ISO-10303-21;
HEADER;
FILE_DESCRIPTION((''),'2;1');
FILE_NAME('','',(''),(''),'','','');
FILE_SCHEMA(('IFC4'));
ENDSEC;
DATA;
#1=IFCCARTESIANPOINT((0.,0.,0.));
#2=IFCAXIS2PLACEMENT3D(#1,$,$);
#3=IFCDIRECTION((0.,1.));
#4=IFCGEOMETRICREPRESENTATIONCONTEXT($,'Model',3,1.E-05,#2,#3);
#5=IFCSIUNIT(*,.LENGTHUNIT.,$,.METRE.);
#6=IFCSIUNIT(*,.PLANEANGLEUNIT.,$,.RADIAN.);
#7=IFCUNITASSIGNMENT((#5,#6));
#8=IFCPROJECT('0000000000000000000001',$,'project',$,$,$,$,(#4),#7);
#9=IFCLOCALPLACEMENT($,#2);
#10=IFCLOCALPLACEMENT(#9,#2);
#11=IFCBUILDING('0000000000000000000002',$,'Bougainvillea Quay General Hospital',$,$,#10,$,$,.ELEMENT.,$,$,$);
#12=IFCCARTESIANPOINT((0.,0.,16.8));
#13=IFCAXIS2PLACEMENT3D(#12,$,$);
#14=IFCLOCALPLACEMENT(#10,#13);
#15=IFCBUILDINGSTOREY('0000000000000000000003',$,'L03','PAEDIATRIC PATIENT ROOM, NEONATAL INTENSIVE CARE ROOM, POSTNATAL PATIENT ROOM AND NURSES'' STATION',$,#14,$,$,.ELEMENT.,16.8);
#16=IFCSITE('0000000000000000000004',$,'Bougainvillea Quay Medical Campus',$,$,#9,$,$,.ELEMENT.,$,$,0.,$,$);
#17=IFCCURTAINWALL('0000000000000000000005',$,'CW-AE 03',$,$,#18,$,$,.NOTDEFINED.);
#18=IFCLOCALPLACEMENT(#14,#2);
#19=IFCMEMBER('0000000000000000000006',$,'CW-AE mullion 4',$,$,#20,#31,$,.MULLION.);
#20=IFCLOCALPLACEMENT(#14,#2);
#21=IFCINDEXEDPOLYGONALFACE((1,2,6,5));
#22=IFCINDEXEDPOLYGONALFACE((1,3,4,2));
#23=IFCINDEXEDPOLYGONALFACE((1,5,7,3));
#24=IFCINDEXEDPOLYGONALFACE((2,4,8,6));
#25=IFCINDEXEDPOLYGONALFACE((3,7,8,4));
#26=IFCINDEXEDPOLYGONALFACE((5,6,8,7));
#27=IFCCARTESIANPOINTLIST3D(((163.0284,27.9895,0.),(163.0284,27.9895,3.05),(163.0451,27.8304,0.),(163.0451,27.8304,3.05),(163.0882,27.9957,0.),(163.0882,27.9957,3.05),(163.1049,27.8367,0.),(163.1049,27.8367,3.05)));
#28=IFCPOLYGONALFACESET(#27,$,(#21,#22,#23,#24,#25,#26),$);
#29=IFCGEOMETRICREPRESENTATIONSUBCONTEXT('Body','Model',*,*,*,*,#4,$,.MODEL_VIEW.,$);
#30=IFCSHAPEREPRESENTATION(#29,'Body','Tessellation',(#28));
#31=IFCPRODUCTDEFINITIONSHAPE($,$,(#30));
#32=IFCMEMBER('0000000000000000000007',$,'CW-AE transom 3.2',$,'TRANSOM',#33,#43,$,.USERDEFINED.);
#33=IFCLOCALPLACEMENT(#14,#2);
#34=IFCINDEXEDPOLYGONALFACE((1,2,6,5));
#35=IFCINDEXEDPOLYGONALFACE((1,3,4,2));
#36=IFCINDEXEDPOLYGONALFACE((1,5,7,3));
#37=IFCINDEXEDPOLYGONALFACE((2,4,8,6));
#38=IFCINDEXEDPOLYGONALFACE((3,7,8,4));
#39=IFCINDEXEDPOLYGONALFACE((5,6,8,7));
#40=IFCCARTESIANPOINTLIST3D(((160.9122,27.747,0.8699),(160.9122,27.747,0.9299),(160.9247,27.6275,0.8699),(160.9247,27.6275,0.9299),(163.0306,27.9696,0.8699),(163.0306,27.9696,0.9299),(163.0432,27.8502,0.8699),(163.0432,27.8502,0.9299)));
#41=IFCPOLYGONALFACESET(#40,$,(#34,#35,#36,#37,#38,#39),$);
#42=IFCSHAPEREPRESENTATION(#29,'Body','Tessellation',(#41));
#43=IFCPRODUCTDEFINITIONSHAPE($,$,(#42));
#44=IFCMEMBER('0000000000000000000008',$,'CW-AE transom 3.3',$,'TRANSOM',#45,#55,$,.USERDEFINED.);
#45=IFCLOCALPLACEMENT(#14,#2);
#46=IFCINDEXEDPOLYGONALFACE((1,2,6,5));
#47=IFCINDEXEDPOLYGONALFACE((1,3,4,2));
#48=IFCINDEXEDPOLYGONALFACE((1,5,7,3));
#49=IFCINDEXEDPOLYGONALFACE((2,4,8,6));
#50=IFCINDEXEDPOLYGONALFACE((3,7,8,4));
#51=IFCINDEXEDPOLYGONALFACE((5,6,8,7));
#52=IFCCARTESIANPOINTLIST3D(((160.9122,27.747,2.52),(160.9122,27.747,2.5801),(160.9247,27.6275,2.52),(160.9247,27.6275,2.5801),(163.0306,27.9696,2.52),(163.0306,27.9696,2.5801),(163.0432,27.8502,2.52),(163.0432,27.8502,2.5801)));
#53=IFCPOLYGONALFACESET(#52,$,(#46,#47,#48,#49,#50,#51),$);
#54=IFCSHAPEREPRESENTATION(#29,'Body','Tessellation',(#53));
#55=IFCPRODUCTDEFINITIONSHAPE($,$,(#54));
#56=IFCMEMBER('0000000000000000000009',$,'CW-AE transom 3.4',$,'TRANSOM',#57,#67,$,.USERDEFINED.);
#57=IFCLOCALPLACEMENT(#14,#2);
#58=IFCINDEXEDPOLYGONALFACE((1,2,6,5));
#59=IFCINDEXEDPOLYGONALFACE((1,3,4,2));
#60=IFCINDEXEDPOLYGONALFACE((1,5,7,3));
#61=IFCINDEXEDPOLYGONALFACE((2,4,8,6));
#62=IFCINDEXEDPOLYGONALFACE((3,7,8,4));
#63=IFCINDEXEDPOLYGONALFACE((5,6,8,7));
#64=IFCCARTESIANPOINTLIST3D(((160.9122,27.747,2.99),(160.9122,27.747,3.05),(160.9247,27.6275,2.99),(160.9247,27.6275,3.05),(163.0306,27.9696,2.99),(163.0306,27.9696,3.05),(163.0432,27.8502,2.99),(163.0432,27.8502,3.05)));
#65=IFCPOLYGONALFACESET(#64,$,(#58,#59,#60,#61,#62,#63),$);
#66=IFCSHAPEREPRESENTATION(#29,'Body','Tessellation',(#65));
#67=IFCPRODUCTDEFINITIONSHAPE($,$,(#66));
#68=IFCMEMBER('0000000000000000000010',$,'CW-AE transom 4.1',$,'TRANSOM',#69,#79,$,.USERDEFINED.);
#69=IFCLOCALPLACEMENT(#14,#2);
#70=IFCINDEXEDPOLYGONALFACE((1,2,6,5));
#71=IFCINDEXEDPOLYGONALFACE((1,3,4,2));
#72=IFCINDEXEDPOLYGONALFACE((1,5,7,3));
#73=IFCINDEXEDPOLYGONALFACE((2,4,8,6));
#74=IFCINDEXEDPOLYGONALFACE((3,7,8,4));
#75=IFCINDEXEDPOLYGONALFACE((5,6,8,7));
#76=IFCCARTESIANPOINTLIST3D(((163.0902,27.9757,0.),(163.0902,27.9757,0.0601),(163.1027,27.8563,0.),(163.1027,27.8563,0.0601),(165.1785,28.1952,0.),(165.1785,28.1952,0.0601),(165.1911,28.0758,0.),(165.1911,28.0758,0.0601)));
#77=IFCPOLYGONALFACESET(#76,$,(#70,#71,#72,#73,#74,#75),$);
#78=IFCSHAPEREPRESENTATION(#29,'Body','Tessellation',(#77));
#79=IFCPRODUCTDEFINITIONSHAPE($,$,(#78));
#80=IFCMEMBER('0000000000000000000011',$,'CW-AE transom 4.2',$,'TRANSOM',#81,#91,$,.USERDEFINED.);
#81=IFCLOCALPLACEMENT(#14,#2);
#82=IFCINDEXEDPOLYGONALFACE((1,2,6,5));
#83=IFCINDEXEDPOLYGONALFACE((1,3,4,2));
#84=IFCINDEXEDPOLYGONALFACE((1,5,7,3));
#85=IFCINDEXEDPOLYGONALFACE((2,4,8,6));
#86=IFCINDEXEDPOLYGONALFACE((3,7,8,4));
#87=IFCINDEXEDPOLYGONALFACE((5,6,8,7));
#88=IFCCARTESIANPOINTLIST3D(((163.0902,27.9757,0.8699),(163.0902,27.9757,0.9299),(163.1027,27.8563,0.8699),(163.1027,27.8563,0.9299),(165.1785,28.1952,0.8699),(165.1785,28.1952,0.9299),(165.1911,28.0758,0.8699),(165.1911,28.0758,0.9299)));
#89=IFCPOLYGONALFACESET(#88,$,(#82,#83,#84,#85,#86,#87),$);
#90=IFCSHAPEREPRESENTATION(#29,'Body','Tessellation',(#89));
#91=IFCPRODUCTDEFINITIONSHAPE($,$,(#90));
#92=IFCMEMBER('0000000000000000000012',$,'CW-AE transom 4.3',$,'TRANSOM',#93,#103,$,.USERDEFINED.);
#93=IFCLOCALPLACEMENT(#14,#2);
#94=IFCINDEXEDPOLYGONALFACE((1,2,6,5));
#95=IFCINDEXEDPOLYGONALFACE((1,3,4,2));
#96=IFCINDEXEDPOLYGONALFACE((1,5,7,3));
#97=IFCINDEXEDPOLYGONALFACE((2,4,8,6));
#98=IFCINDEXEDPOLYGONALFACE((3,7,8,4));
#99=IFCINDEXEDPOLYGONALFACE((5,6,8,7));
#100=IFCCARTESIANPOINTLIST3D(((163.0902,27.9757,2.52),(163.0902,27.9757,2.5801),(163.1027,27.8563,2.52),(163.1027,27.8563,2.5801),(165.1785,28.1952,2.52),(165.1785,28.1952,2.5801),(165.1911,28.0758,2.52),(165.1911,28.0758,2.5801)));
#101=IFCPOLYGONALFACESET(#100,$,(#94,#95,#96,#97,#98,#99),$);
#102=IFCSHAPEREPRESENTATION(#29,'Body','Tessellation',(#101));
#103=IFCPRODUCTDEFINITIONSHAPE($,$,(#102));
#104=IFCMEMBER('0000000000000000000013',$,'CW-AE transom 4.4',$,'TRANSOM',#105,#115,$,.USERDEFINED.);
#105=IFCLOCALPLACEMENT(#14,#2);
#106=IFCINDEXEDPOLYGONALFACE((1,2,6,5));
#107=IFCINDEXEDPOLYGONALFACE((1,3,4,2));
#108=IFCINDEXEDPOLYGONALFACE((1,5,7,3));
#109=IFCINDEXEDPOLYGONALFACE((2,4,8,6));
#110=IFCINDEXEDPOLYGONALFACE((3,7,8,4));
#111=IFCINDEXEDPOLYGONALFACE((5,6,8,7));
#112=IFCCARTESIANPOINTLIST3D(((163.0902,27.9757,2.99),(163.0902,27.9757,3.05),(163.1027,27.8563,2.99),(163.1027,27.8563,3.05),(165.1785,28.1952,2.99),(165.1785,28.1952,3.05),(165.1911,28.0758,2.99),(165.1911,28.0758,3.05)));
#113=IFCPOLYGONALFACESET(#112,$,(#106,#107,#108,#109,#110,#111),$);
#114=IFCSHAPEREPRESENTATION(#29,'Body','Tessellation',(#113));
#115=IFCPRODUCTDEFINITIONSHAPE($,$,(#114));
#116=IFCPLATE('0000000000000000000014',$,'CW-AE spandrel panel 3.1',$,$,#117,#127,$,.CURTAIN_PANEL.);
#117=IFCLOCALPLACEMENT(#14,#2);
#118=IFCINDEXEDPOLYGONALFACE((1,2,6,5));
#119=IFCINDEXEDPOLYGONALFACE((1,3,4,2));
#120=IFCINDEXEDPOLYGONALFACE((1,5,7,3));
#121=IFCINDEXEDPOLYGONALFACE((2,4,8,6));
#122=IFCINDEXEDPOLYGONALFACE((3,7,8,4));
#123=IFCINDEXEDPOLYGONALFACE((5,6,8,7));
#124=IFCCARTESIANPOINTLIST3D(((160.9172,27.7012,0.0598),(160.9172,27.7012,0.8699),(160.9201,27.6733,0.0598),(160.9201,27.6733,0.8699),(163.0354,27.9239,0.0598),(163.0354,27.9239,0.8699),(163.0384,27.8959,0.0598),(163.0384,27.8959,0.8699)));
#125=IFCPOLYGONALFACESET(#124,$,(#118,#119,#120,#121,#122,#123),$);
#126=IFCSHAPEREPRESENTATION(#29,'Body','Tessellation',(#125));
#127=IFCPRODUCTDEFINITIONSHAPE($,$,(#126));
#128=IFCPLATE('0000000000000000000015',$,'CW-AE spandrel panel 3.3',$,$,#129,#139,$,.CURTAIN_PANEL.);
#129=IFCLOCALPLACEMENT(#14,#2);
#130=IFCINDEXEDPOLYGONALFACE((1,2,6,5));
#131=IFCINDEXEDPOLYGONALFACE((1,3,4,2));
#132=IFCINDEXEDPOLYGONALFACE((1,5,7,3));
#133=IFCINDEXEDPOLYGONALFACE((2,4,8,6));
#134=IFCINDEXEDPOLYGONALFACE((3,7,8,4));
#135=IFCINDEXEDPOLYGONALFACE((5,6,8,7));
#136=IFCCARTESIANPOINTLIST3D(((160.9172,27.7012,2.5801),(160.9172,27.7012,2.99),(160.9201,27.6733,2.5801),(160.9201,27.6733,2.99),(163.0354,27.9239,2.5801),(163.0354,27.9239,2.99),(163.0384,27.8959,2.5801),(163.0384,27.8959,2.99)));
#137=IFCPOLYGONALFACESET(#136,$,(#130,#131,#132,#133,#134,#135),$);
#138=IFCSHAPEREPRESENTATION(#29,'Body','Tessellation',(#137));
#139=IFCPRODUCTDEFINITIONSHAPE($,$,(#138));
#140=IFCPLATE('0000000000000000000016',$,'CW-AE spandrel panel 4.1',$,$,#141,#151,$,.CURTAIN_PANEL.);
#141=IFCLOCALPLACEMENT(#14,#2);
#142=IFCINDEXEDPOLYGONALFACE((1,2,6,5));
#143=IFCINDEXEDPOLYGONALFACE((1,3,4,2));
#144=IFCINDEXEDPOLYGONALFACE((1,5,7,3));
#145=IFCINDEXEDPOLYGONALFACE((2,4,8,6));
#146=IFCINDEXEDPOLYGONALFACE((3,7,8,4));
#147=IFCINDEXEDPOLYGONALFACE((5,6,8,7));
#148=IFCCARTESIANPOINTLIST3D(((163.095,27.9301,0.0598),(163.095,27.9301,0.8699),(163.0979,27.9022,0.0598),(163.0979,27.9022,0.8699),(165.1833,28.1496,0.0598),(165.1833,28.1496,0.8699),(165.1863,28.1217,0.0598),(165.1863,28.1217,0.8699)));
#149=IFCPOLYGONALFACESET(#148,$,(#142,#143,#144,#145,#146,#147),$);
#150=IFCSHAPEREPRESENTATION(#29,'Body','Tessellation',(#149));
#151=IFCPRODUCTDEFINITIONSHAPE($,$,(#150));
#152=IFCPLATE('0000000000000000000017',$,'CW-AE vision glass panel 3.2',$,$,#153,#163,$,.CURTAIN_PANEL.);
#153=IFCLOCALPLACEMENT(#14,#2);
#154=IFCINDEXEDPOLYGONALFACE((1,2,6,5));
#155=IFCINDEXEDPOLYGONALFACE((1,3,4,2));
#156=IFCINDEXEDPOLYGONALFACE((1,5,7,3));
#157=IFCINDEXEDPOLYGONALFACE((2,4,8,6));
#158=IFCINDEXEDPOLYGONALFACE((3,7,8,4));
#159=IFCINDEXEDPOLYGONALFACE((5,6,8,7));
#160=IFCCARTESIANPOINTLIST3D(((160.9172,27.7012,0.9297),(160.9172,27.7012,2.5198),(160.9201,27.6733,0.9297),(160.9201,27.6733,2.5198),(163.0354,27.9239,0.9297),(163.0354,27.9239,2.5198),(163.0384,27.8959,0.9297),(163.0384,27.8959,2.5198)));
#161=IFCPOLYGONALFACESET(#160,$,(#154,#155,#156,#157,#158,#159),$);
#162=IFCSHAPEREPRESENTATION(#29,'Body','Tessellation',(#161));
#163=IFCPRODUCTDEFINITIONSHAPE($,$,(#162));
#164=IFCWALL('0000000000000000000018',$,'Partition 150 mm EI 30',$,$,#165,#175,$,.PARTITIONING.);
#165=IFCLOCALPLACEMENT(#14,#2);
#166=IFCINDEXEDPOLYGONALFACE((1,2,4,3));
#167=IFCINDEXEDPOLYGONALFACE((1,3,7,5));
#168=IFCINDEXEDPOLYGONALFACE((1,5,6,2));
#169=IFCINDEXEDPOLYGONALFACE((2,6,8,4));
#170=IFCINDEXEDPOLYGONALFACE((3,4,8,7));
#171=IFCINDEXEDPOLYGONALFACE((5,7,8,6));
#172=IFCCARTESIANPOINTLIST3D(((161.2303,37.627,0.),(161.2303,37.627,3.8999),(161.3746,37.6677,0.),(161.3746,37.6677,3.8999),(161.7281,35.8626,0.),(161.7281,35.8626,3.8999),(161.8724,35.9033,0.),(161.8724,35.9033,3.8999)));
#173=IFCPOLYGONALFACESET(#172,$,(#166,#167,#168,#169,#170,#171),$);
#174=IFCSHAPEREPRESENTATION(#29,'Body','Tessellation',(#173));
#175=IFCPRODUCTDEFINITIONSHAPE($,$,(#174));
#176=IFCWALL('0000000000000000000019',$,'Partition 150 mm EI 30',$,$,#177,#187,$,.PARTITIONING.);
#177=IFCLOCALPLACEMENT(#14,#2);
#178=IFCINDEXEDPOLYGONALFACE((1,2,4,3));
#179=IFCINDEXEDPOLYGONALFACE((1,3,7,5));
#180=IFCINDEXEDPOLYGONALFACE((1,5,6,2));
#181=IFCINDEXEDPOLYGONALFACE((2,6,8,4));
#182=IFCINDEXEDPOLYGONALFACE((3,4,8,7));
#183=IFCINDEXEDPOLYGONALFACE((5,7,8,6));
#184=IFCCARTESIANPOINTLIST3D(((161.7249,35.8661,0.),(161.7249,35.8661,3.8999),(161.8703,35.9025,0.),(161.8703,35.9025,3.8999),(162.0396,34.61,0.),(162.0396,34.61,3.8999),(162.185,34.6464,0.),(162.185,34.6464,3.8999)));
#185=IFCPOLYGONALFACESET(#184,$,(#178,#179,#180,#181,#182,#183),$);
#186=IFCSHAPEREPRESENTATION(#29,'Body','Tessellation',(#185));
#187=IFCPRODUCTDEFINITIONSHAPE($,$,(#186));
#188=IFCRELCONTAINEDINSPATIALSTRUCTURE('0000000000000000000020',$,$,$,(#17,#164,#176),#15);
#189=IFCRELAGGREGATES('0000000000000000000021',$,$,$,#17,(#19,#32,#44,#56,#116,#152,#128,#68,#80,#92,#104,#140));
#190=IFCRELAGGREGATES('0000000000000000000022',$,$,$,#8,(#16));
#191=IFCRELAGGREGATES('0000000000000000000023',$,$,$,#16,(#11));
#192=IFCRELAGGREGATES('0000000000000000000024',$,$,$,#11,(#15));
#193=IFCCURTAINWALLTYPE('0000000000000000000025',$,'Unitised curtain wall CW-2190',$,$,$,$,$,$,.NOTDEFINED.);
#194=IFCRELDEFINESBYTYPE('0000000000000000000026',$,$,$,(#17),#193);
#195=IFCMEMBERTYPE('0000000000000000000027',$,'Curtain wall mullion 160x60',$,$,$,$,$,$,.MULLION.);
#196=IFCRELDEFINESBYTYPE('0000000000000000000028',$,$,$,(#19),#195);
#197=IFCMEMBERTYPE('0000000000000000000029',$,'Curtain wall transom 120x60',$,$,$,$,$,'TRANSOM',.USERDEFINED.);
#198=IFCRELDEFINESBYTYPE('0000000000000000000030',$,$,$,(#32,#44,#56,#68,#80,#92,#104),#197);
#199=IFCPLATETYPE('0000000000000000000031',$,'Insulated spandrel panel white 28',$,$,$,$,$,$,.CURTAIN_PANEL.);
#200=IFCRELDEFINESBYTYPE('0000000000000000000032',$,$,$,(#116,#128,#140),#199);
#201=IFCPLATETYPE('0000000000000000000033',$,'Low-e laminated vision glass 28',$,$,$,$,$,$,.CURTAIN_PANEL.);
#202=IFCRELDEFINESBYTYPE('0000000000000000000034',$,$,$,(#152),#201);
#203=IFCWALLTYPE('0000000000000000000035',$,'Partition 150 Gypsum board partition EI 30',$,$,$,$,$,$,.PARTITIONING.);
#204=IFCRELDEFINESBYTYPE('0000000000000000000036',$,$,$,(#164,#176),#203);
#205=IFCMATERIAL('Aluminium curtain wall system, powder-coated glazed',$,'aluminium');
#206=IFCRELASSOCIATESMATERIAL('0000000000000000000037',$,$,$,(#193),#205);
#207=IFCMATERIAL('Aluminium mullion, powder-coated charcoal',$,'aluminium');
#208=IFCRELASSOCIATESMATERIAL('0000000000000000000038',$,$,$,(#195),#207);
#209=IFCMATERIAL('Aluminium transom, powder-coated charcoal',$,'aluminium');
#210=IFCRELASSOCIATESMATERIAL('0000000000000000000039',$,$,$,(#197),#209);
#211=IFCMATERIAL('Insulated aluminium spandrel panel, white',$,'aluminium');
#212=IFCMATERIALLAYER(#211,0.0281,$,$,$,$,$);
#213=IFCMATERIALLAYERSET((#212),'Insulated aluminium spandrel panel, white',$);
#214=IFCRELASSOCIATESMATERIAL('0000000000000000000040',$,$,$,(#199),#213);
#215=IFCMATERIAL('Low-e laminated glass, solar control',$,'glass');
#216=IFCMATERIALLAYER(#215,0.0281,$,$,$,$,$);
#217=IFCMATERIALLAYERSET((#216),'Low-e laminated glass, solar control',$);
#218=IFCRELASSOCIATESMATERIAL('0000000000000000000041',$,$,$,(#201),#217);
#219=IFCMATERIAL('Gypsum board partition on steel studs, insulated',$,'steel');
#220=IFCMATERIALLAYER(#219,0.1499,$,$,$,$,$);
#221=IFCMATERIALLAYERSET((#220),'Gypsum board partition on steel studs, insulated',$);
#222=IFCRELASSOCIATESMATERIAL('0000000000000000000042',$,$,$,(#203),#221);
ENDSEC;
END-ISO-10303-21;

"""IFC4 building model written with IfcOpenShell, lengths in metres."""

from ifc_helpers import new_model, si_unit, direction, frame, frame_2d, origin, origin_2d, place, context, subcontext, project, spatial, rectangle, extrude, material, layer, layer_set, material_profile, profile_set, type_object, element, aggregate, save


model = new_model("IFC4")

# Units and contexts
model_context = context("Model", 3, precision=1e-05, world=origin(), true_north=direction((0.0, 1.0)))
body_context = subcontext(model_context, "Body", "Model", "MODEL_VIEW")
ifc_project = project(units=[si_unit("LENGTHUNIT", "METRE"), si_unit("PLANEANGLEUNIT", "RADIAN")], contexts=[model_context])

# Site, building, storey
site_placement = place(None, origin())
site = spatial("IfcSite", under=ifc_project, at=site_placement, Name="Bougainvillea Quay Medical Campus", CompositionType="ELEMENT", RefElevation=0.0)
building_placement = place(site_placement, origin())
building = spatial("IfcBuilding", under=site, at=building_placement, Name="Bougainvillea Quay General Hospital", CompositionType="ELEMENT")
storey_placement = place(building_placement, frame((0.0, 0.0, 16.8)))
storey = spatial("IfcBuildingStorey", under=building, at=storey_placement, Name="L03", Description="PAEDIATRIC PATIENT ROOM, NEONATAL INTENSIVE CARE ROOM, POSTNATAL PATIENT ROOM AND NURSES' STATION", CompositionType="ELEMENT", Elevation=16.8)

# Curtain wall, members, plates
ifc_material_1 = material(Name="Aluminium curtain wall system, powder-coated glazed", Category="aluminium")
curtain_wall_type = type_object("IfcCurtainWallType", Name="Unitised curtain wall CW-2190", PredefinedType="NOTDEFINED", material=ifc_material_1)
curtain_wall_placement = place(storey_placement, origin())
curtain_wall = element("IfcCurtainWall", 1, at=curtain_wall_placement, inside=storey, type_object=curtain_wall_type, Name="CW-AE 03", PredefinedType="NOTDEFINED")
ifc_material_2 = material(Name="Aluminium mullion, powder-coated charcoal", Category="aluminium")
ifc_material_profile_1 = material_profile(ifc_material_2, rectangle(XDim=0.1599, YDim=0.0601, at=origin_2d()))
ifc_profile_set_1 = profile_set([ifc_material_profile_1], Name="Aluminium mullion, powder-coated charcoal")
member_type_1 = type_object("IfcMemberType", Name="Curtain wall mullion 160x60", PredefinedType="MULLION", material=ifc_profile_set_1)
member_1_placement = place(storey_placement, frame((163.0667, 27.9131, 0.0), z_axis=(0.0, 0.0, 1.0), x_axis=(-0.104527, 0.994522, 0.0)))
member_1 = element("IfcMember", 2, at=member_1_placement, type_object=member_type_1, Name="CW-AE mullion 4", PredefinedType="MULLION", context=body_context, shape_type="SweptSolid", body=[
    extrude(rectangle(XDim=0.1599, YDim=0.0601, at=origin_2d()), origin(), (0.0, 0.0, 1.0), 3.05),
])
ifc_material_3 = material(Name="Aluminium transom, powder-coated charcoal", Category="aluminium")
ifc_material_profile_2 = material_profile(ifc_material_3, rectangle(XDim=0.1201, YDim=0.0601, at=origin_2d()))
ifc_profile_set_2 = profile_set([ifc_material_profile_2], Name="Aluminium transom, powder-coated charcoal")
member_type_2 = type_object("IfcMemberType", Name="Curtain wall transom 120x60", ElementType="TRANSOM", PredefinedType="USERDEFINED", material=ifc_profile_set_2)
member_2_placement = place(storey_placement, frame((160.9185, 27.6873, 0.8999), z_axis=(0.994522, 0.10453, 0.0), x_axis=(-0.10453, 0.994522, 0.0)))
member_2 = element("IfcMember", 3, at=member_2_placement, type_object=member_type_2, Name="CW-AE transom 3.2", ObjectType="TRANSOM", PredefinedType="USERDEFINED", context=body_context, shape_type="SweptSolid", body=[
    extrude(rectangle(XDim=0.1201, YDim=0.0601, at=origin_2d()), origin(), (0.0, 0.0, 1.0), 2.1301),
])
member_3_placement = place(storey_placement, frame((160.9185, 27.6873, 2.55), z_axis=(0.994522, 0.10453, 0.0), x_axis=(-0.10453, 0.994522, 0.0)))
member_3 = element("IfcMember", 4, at=member_3_placement, type_object=member_type_2, Name="CW-AE transom 3.3", ObjectType="TRANSOM", PredefinedType="USERDEFINED", context=body_context, shape_type="SweptSolid", body=[
    extrude(rectangle(XDim=0.1201, YDim=0.0601, at=origin_2d()), origin(), (0.0, 0.0, 1.0), 2.1301),
])
member_4_placement = place(storey_placement, frame((160.9185, 27.6873, 3.02), z_axis=(0.994522, 0.10453, 0.0), x_axis=(-0.10453, 0.994522, 0.0)))
member_4 = element("IfcMember", 5, at=member_4_placement, type_object=member_type_2, Name="CW-AE transom 3.4", ObjectType="TRANSOM", PredefinedType="USERDEFINED", context=body_context, shape_type="SweptSolid", body=[
    extrude(rectangle(XDim=0.1201, YDim=0.0601, at=origin_2d()), origin(), (0.0, 0.0, 1.0), 2.1301),
])
member_5_placement = place(storey_placement, frame((163.0964, 27.916, 0.03), z_axis=(0.994523, 0.104521, 0.0), x_axis=(-0.104521, 0.994523, 0.0)))
member_5 = element("IfcMember", 6, at=member_5_placement, type_object=member_type_2, Name="CW-AE transom 4.1", ObjectType="TRANSOM", PredefinedType="USERDEFINED", context=body_context, shape_type="SweptSolid", body=[
    extrude(rectangle(XDim=0.1201, YDim=0.0601, at=origin_2d()), origin(), (0.0, 0.0, 1.0), 2.0999),
])
member_6_placement = place(storey_placement, frame((163.0964, 27.916, 0.8999), z_axis=(0.994523, 0.104521, 0.0), x_axis=(-0.104521, 0.994523, 0.0)))
member_6 = element("IfcMember", 7, at=member_6_placement, type_object=member_type_2, Name="CW-AE transom 4.2", ObjectType="TRANSOM", PredefinedType="USERDEFINED", context=body_context, shape_type="SweptSolid", body=[
    extrude(rectangle(XDim=0.1201, YDim=0.0601, at=origin_2d()), origin(), (0.0, 0.0, 1.0), 2.0999),
])
member_7_placement = place(storey_placement, frame((163.0964, 27.916, 2.55), z_axis=(0.994523, 0.104521, 0.0), x_axis=(-0.104521, 0.994523, 0.0)))
member_7 = element("IfcMember", 8, at=member_7_placement, type_object=member_type_2, Name="CW-AE transom 4.3", ObjectType="TRANSOM", PredefinedType="USERDEFINED", context=body_context, shape_type="SweptSolid", body=[
    extrude(rectangle(XDim=0.1201, YDim=0.0601, at=origin_2d()), origin(), (0.0, 0.0, 1.0), 2.0999),
])
member_8_placement = place(storey_placement, frame((163.0964, 27.916, 3.02), z_axis=(0.994523, 0.104521, 0.0), x_axis=(-0.104521, 0.994523, 0.0)))
member_8 = element("IfcMember", 9, at=member_8_placement, type_object=member_type_2, Name="CW-AE transom 4.4", ObjectType="TRANSOM", PredefinedType="USERDEFINED", context=body_context, shape_type="SweptSolid", body=[
    extrude(rectangle(XDim=0.1201, YDim=0.0601, at=origin_2d()), origin(), (0.0, 0.0, 1.0), 2.0999),
])
ifc_material_4 = material(Name="Insulated aluminium spandrel panel, white", Category="aluminium")
ifc_layer_1 = layer(ifc_material_4, 0.0281)
ifc_layer_set_1 = layer_set([ifc_layer_1], Name="Insulated aluminium spandrel panel, white")
plate_type_1 = type_object("IfcPlateType", Name="Insulated spandrel panel white 28", PredefinedType="CURTAIN_PANEL", material=ifc_layer_set_1)
plate_1_placement = place(storey_placement, frame((161.9778, 27.7986, 0.0598), z_axis=(0.0, 0.0, 1.0), x_axis=(0.994522, 0.104527, 0.0)))
plate_1 = element("IfcPlate", 10, at=plate_1_placement, type_object=plate_type_1, Name="CW-AE spandrel panel 3.1", PredefinedType="CURTAIN_PANEL", context=body_context, shape_type="SweptSolid", body=[
    extrude(rectangle(XDim=2.1299, YDim=0.0281, at=origin_2d()), origin(), (0.0, 0.0, 1.0), 0.8101),
])
plate_2_placement = place(storey_placement, frame((161.9778, 27.7986, 2.5801), z_axis=(0.0, 0.0, 1.0), x_axis=(0.994522, 0.104527, 0.0)))
plate_2 = element("IfcPlate", 11, at=plate_2_placement, type_object=plate_type_1, Name="CW-AE spandrel panel 3.3", PredefinedType="CURTAIN_PANEL", context=body_context, shape_type="SweptSolid", body=[
    extrude(rectangle(XDim=2.1299, YDim=0.0281, at=origin_2d()), origin(), (0.0, 0.0, 1.0), 0.4099),
])
plate_3_placement = place(storey_placement, frame((164.1406, 28.0259, 0.0598), z_axis=(0.0, 0.0, 1.0), x_axis=(0.994522, 0.104527, 0.0)))
plate_3 = element("IfcPlate", 12, at=plate_3_placement, type_object=plate_type_1, Name="CW-AE spandrel panel 4.1", PredefinedType="CURTAIN_PANEL", context=body_context, shape_type="SweptSolid", body=[
    extrude(rectangle(XDim=2.0999, YDim=0.0281, at=origin_2d()), origin(), (0.0, 0.0, 1.0), 0.8101),
])
ifc_material_5 = material(Name="Low-e laminated glass, solar control", Category="glass")
ifc_layer_2 = layer(ifc_material_5, 0.0281)
ifc_layer_set_2 = layer_set([ifc_layer_2], Name="Low-e laminated glass, solar control")
plate_type_2 = type_object("IfcPlateType", Name="Low-e laminated vision glass 28", PredefinedType="CURTAIN_PANEL", material=ifc_layer_set_2)
plate_4_placement = place(storey_placement, frame((161.9778, 27.7986, 0.9297), z_axis=(0.0, 0.0, 1.0), x_axis=(0.994522, 0.104527, 0.0)))
plate_4 = element("IfcPlate", 13, at=plate_4_placement, type_object=plate_type_2, Name="CW-AE vision glass panel 3.2", PredefinedType="CURTAIN_PANEL", context=body_context, shape_type="SweptSolid", body=[
    extrude(rectangle(XDim=2.1299, YDim=0.0281, at=origin_2d()), origin(), (0.0, 0.0, 1.0), 1.5901),
])
aggregate(curtain_wall, [member_1, member_2, member_3, member_4, plate_1, plate_4, plate_2, member_5, member_6, member_7, member_8, plate_3])

# Walls
ifc_material_6 = material(Name="Gypsum board partition on steel studs, insulated", Category="steel")
ifc_layer_3 = layer(ifc_material_6, 0.1499)
ifc_layer_set_3 = layer_set([ifc_layer_3], Name="Gypsum board partition on steel studs, insulated")
wall_type_1 = type_object("IfcWallType", Name="Partition 150 Gypsum board partition EI 30", PredefinedType="PARTITIONING", material=ifc_layer_set_3)
wall_1_placement = place(storey_placement, frame((161.3025, 37.6472, 0.0), z_axis=(0.0, 0.0, 1.0), x_axis=(0.271536, -0.962428, 0.0)))
element("IfcWall", 14, at=wall_1_placement, inside=storey, type_object=wall_type_1, Name="Partition 150 mm EI 30", PredefinedType="PARTITIONING", context=body_context, shape_type="SweptSolid", body=[
    extrude(rectangle(XDim=1.8333, YDim=0.1499, at=frame_2d((0.9165, 0.0))), origin(), (0.0, 0.0, 1.0), 3.8999),
])
wall_2_placement = place(storey_placement, frame((161.7976, 35.8843, 0.0), z_axis=(0.0, 0.0, 1.0), x_axis=(0.243024, -0.97002, 0.0)))
element("IfcWall", 15, at=wall_2_placement, inside=storey, type_object=wall_type_1, Name="Partition 150 mm EI 30", PredefinedType="PARTITIONING", context=body_context, shape_type="SweptSolid", body=[
    extrude(rectangle(XDim=1.2949, YDim=0.1499, at=frame_2d((0.6475, 0.0))), origin(), (0.0, 0.0, 1.0), 3.8999),
])

save(model, "model.ifc")
